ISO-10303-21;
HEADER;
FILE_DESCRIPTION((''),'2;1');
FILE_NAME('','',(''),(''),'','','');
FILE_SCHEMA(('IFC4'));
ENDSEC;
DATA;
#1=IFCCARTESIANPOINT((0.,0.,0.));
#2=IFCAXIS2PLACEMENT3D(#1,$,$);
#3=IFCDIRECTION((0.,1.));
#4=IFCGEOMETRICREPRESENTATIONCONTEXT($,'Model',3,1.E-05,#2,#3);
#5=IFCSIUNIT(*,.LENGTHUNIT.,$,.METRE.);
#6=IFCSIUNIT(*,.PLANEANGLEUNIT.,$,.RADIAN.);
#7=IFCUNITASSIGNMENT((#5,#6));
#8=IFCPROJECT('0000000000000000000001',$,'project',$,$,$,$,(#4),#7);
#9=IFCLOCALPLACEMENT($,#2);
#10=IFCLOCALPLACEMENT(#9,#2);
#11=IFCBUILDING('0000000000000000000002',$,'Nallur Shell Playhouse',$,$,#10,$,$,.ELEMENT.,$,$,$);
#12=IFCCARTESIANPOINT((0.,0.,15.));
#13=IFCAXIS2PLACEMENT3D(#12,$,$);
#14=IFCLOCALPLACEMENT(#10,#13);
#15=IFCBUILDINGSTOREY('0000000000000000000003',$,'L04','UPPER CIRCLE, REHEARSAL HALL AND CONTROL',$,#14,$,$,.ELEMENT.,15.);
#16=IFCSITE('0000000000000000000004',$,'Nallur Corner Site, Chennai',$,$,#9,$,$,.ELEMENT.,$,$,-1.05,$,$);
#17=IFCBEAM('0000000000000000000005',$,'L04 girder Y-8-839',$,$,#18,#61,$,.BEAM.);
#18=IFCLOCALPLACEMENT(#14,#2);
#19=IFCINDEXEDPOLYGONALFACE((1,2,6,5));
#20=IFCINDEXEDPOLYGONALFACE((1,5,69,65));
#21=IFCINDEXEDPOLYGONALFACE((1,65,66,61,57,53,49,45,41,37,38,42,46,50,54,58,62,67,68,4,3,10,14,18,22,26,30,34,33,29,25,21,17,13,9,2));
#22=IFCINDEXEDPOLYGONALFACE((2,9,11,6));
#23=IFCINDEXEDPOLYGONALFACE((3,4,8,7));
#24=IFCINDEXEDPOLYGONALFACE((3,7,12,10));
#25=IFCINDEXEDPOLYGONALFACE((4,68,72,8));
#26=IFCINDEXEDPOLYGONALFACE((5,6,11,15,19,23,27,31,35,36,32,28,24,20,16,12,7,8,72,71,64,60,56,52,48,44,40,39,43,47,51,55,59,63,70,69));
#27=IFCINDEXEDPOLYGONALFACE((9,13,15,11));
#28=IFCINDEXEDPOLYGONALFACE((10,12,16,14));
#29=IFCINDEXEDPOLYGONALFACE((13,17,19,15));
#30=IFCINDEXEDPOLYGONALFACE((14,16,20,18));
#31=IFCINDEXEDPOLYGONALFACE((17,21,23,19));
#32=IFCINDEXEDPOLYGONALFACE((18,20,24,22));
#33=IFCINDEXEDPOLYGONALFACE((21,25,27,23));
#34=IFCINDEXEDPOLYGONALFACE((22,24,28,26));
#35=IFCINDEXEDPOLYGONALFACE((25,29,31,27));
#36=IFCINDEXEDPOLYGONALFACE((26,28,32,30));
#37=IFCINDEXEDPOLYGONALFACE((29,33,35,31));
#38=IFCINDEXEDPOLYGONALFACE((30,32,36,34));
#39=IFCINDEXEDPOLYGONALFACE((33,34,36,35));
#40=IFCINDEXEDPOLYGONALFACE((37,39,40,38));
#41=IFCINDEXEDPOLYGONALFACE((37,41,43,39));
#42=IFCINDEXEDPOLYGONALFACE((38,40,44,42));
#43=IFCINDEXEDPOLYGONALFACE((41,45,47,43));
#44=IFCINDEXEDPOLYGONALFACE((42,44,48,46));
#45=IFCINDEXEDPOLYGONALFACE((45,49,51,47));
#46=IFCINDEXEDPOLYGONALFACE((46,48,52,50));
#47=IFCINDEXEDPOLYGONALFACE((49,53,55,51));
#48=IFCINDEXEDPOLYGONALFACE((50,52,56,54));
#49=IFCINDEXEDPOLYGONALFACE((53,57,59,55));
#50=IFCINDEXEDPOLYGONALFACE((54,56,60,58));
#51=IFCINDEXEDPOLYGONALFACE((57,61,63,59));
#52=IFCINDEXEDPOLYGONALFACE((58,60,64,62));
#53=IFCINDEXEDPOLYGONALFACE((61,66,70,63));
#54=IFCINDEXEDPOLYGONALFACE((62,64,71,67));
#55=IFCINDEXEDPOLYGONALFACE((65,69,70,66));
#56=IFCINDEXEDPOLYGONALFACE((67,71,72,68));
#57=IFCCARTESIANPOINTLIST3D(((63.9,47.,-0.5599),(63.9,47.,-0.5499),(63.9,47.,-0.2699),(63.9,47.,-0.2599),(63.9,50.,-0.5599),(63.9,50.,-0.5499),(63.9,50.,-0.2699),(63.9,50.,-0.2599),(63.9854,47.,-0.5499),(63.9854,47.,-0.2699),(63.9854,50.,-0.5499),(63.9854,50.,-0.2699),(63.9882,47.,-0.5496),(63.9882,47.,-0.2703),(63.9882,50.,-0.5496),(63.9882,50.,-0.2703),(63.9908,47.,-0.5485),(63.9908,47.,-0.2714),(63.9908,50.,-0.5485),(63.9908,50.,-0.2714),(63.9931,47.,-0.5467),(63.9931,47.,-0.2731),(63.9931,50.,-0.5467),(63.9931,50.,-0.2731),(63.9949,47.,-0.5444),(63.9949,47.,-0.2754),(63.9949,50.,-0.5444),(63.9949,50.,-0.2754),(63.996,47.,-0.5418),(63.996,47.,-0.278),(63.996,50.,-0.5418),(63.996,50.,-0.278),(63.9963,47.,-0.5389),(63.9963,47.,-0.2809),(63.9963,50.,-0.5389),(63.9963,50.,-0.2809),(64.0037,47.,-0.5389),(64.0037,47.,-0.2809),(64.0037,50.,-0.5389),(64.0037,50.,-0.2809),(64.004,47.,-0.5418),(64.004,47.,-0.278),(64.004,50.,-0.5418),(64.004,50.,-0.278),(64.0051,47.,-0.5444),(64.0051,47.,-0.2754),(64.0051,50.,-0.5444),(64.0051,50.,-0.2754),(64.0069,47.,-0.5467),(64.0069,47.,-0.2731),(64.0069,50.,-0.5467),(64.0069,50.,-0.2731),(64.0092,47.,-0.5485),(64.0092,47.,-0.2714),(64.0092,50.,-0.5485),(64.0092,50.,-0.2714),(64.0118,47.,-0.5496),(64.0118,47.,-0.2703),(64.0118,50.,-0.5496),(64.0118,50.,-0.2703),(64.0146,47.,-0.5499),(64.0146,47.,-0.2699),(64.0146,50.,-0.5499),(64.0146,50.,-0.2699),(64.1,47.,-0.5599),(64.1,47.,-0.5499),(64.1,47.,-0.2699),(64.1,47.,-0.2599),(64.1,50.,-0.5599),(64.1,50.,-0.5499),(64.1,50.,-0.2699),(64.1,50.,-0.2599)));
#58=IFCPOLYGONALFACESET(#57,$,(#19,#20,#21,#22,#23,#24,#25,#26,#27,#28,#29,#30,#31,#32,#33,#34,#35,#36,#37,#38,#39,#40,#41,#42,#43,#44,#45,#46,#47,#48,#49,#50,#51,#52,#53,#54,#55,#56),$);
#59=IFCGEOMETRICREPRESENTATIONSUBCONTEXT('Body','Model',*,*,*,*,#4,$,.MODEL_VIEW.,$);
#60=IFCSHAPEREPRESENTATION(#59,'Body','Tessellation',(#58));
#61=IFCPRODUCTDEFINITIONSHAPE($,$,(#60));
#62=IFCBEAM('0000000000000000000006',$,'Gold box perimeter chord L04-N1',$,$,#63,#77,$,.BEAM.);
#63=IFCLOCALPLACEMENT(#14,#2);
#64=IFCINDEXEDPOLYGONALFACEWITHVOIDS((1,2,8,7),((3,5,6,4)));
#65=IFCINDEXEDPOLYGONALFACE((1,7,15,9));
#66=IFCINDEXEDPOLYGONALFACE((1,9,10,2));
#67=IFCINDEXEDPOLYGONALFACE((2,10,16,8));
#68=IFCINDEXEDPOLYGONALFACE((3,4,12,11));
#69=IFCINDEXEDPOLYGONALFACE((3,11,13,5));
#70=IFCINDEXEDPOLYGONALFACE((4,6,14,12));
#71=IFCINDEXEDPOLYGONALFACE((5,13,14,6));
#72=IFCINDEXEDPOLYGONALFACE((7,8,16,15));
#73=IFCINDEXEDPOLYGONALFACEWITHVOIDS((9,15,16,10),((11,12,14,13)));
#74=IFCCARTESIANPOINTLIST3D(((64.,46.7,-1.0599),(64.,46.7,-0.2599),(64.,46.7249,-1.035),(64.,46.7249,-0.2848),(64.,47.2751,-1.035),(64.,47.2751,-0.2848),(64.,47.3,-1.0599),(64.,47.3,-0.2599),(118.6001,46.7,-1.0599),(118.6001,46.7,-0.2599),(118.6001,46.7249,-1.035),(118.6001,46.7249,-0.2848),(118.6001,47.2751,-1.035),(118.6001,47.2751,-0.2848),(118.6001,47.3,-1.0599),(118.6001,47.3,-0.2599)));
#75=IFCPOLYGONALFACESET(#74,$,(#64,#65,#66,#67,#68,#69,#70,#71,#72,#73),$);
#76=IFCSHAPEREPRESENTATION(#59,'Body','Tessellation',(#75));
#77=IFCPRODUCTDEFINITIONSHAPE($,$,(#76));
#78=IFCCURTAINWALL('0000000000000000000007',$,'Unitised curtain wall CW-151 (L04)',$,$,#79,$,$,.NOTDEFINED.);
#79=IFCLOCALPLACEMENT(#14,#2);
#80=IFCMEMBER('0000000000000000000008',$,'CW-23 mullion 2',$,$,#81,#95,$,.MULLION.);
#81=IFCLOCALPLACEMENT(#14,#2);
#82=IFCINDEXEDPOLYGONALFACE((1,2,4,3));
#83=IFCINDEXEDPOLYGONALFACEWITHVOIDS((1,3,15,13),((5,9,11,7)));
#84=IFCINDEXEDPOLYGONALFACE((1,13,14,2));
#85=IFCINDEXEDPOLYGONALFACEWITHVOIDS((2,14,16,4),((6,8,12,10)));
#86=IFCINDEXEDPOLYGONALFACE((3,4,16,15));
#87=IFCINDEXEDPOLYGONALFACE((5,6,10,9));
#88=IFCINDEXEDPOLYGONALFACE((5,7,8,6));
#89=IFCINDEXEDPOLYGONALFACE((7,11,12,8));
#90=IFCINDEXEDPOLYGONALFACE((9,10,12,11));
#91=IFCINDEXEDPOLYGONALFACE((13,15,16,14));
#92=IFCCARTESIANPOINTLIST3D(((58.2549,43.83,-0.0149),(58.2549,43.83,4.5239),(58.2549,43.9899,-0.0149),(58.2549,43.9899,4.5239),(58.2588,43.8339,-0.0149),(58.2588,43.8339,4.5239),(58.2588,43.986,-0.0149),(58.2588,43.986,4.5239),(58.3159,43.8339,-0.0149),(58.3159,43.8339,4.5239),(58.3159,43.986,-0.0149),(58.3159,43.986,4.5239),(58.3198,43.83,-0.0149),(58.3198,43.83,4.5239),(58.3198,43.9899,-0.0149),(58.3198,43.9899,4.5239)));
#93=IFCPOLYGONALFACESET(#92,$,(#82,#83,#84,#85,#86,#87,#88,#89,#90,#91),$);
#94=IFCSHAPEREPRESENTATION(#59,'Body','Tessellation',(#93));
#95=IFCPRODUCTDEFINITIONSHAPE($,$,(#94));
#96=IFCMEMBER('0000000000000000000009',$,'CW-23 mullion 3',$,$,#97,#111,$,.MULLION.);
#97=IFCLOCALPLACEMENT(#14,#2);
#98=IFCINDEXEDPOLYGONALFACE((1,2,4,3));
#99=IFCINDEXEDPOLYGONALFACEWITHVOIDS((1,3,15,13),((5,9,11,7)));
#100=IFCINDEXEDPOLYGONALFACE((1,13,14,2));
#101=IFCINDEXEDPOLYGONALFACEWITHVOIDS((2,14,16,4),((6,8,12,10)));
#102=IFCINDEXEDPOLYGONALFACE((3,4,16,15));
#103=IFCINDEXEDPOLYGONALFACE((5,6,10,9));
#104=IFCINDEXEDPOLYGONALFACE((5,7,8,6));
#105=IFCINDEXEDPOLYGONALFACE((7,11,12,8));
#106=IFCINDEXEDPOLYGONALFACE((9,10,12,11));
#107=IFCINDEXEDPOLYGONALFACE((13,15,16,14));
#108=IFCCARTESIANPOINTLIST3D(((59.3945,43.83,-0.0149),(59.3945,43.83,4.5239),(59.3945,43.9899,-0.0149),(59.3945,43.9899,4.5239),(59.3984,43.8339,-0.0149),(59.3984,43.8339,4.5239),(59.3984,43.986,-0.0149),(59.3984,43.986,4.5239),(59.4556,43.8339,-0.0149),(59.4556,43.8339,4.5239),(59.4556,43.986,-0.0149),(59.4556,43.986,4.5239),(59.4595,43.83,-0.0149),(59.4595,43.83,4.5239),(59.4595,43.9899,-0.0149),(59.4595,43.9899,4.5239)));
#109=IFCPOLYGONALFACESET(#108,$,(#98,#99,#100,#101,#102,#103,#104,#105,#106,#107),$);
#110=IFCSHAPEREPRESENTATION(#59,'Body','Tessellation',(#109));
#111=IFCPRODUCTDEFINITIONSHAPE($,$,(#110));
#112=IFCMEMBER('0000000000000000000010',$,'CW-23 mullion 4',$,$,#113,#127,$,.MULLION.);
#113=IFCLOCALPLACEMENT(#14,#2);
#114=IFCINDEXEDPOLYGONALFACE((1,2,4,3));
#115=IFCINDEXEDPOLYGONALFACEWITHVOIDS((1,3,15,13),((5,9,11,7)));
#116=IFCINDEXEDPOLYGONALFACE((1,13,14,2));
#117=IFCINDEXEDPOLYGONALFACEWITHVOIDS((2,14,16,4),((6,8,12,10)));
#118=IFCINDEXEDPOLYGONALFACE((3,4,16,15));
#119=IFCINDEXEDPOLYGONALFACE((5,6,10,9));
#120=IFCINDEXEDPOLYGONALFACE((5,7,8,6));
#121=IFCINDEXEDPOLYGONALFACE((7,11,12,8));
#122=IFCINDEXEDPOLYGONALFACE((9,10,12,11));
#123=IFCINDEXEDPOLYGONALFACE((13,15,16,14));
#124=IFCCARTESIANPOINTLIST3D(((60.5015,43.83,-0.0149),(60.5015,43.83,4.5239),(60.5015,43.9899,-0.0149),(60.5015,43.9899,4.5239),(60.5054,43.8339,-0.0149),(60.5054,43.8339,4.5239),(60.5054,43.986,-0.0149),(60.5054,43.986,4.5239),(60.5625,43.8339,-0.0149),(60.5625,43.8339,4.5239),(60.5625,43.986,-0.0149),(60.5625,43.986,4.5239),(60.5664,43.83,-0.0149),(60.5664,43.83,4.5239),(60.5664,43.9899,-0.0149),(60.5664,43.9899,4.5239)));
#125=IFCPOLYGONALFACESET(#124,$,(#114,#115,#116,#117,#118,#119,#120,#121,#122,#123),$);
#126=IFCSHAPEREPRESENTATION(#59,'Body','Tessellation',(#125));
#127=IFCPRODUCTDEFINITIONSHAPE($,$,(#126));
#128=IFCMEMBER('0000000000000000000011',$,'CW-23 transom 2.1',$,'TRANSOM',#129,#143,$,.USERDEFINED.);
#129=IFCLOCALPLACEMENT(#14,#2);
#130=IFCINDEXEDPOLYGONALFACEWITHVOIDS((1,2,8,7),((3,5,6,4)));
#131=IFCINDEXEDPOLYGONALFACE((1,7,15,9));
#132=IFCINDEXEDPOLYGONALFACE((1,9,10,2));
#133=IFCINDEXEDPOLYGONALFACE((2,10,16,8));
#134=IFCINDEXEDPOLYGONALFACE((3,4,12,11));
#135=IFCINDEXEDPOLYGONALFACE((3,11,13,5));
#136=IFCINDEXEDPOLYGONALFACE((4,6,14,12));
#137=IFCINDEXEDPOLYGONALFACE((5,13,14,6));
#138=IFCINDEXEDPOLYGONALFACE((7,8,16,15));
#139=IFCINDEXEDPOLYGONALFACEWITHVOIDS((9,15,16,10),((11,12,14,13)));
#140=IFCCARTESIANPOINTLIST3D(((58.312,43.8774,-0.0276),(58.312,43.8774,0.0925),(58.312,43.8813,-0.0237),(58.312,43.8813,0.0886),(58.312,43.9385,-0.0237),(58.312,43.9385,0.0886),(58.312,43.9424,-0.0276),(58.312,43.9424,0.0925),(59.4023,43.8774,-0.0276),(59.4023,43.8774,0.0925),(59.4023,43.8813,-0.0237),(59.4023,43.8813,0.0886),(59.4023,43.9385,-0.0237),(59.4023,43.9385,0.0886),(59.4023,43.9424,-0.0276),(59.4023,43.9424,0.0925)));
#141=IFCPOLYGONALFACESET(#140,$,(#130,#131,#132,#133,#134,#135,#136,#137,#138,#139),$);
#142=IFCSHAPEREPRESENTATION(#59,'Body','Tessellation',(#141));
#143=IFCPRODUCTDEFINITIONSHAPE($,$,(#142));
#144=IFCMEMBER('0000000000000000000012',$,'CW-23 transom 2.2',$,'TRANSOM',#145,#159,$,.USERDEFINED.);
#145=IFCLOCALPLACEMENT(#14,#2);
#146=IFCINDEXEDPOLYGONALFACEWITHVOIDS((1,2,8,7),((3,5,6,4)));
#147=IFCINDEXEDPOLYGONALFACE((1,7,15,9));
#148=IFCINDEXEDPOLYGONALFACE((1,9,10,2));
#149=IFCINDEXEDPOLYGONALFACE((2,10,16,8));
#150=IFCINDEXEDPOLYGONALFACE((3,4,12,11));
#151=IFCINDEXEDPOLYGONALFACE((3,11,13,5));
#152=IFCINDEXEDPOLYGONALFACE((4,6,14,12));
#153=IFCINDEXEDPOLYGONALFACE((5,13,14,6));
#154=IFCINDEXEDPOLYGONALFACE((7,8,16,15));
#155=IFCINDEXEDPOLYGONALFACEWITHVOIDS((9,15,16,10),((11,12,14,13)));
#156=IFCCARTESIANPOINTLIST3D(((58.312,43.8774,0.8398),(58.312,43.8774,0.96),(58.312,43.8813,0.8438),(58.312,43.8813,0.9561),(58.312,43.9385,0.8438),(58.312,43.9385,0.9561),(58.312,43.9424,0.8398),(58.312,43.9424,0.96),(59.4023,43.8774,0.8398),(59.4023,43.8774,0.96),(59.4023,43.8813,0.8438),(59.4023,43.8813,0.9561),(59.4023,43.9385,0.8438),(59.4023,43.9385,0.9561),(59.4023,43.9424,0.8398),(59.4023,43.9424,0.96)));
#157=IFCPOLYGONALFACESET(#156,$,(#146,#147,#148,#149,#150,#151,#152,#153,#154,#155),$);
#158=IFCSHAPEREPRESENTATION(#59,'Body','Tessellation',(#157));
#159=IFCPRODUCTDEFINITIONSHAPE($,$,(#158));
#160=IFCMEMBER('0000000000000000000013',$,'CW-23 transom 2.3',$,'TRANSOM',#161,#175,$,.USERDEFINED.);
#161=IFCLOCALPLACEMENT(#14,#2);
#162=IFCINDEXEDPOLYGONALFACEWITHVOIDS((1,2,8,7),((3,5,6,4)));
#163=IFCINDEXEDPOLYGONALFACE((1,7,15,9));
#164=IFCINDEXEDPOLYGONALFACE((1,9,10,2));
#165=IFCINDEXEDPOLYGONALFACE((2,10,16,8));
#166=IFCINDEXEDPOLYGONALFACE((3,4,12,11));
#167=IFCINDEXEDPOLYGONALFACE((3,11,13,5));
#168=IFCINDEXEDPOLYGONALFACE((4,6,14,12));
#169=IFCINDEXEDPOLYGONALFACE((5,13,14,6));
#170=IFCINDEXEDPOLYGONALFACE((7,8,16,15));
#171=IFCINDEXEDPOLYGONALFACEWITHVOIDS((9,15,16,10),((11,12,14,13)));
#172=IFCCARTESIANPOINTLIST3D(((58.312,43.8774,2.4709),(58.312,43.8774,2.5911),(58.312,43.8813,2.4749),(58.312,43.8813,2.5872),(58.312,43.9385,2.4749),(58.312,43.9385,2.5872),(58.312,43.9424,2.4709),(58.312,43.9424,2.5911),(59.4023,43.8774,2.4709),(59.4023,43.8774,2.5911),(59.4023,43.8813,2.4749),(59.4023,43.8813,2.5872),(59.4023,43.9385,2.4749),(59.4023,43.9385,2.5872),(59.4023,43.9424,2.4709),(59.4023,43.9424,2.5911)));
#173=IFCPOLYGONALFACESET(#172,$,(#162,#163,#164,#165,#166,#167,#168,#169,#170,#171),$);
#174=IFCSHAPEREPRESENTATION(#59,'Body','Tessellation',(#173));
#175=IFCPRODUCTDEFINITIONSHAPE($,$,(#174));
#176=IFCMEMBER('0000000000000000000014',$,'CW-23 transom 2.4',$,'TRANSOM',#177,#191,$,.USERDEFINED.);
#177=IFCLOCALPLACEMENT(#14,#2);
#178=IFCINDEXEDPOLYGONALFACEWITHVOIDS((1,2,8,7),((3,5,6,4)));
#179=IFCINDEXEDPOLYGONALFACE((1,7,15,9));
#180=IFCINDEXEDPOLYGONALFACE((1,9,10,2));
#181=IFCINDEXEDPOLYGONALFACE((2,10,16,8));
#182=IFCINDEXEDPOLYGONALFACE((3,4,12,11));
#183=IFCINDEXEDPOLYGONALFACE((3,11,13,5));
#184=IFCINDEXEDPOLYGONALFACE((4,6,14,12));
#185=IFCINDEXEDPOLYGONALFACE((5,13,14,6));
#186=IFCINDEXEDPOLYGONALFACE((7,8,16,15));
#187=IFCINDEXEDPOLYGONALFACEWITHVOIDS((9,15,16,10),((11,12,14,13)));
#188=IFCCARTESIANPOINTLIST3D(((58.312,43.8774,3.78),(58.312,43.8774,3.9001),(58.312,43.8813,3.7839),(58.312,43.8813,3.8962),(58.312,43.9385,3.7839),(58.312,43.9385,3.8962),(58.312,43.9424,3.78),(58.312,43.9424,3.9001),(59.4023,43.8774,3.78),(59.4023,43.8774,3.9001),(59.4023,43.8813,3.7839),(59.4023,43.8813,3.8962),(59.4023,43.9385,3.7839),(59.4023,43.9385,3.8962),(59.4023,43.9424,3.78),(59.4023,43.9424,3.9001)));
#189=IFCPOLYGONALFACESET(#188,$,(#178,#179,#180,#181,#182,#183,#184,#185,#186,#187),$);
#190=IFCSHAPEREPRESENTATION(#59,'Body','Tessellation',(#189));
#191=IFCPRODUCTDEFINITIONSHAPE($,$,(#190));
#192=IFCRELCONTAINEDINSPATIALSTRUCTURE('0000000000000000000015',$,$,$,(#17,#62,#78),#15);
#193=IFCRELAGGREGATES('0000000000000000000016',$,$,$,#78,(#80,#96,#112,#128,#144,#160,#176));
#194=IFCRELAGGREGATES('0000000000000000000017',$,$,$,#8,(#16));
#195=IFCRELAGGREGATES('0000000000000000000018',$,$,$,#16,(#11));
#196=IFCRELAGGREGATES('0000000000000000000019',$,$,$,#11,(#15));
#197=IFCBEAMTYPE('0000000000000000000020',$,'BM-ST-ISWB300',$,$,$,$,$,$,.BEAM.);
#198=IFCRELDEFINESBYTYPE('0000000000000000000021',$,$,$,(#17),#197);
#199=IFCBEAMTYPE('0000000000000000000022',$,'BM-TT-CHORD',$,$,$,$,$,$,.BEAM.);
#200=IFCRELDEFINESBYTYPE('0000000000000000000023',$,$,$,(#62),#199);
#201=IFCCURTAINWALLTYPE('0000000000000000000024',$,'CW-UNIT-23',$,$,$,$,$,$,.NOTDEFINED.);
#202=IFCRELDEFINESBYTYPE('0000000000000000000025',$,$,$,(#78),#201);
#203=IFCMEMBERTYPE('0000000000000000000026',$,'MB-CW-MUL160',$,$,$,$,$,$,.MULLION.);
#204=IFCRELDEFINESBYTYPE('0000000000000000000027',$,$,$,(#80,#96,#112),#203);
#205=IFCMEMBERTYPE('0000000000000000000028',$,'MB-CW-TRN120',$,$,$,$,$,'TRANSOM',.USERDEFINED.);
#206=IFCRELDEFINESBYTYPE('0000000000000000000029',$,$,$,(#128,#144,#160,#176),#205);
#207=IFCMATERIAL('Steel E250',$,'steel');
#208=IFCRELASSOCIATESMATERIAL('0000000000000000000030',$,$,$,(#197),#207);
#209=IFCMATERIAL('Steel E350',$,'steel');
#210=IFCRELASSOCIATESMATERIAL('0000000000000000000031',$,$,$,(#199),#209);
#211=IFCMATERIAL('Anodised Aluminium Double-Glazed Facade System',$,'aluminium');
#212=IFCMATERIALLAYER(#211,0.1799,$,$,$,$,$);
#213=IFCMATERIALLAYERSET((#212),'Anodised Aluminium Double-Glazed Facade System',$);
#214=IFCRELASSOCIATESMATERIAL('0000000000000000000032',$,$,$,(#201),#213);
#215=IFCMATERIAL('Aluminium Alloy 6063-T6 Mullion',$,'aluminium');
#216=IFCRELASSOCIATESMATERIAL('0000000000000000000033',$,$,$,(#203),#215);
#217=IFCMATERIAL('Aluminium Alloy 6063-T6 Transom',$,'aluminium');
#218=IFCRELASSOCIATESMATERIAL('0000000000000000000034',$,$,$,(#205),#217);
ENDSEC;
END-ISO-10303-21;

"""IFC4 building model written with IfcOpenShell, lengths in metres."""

from ifc_helpers import new_model, si_unit, direction, frame, origin, origin_2d, place, context, subcontext, project, spatial, hollow_rectangle, i_section, extrude, material, layer, layer_set, material_profile, profile_set, type_object, element, aggregate, save


model = new_model("IFC4")

# Units and contexts
model_context = context("Model", 3, precision=1e-05, world=origin(), true_north=direction((0.0, 1.0)))
body_context = subcontext(model_context, "Body", "Model", "MODEL_VIEW")
ifc_project = project(units=[si_unit("LENGTHUNIT", "METRE"), si_unit("PLANEANGLEUNIT", "RADIAN")], contexts=[model_context])

# Site, building, storey
site_placement = place(None, origin())
site = spatial("IfcSite", under=ifc_project, at=site_placement, Name="Nallur Corner Site, Chennai", CompositionType="ELEMENT", RefElevation=-1.05)
building_placement = place(site_placement, origin())
building = spatial("IfcBuilding", under=site, at=building_placement, Name="Nallur Shell Playhouse", CompositionType="ELEMENT")
storey_placement = place(building_placement, frame((0.0, 0.0, 15.0)))
storey = spatial("IfcBuildingStorey", under=building, at=storey_placement, Name="L04", Description="UPPER CIRCLE, REHEARSAL HALL AND CONTROL", CompositionType="ELEMENT", Elevation=15.0)

# Shared definitions
ifc_material_1 = material(Name="Steel E350", Category="steel")

# Beams
ifc_material_2 = material(Name="Steel E250", Category="steel")
ifc_material_profile_1 = material_profile(ifc_material_2, i_section(OverallWidth=0.2, OverallDepth=0.3, WebThickness=0.0073, FlangeThickness=0.01, FilletRadius=0.011, at=origin_2d()), Name="ISWB 300")
ifc_profile_set_1 = profile_set([ifc_material_profile_1], Name="Steel E250")
beam_type_1 = type_object("IfcBeamType", Name="BM-ST-ISWB300", PredefinedType="BEAM", material=ifc_profile_set_1)
beam_1_placement = place(storey_placement, frame((64.0, 47.0, -0.4099), z_axis=(0.0, 1.0, 0.0), x_axis=(-1.0, 0.0, 0.0)))
element("IfcBeam", 1, at=beam_1_placement, inside=storey, type_object=beam_type_1, Name="L04 girder Y-8-839", PredefinedType="BEAM", context=body_context, shape_type="SweptSolid", body=[
    extrude(i_section(OverallWidth=0.2, OverallDepth=0.3, WebThickness=0.0073, FlangeThickness=0.01, FilletRadius=0.011, at=origin_2d()), origin(), (0.0, 0.0, 1.0), 3.0),
])
ifc_material_profile_2 = material_profile(ifc_material_1, hollow_rectangle(XDim=0.6001, YDim=0.8, WallThickness=0.0249, at=origin_2d()), Name="BOX 600x800x25")
ifc_profile_set_2 = profile_set([ifc_material_profile_2], Name="Steel E350")
beam_type_2 = type_object("IfcBeamType", Name="BM-TT-CHORD", PredefinedType="BEAM", material=ifc_profile_set_2)
beam_2_placement = place(storey_placement, frame((64.0, 47.0, -0.6599), z_axis=(1.0, 0.0, 0.0), x_axis=(0.0, 1.0, 0.0)))
element("IfcBeam", 2, at=beam_2_placement, inside=storey, type_object=beam_type_2, Name="Gold box perimeter chord L04-N1", PredefinedType="BEAM", context=body_context, shape_type="SweptSolid", body=[
    extrude(hollow_rectangle(XDim=0.6001, YDim=0.8, WallThickness=0.0249, at=origin_2d()), origin(), (0.0, 0.0, 1.0), 54.6001),
])

# Curtain wall, members
ifc_material_3 = material(Name="Anodised Aluminium Double-Glazed Facade System", Category="aluminium")
ifc_layer_1 = layer(ifc_material_3, 0.1799)
ifc_layer_set_1 = layer_set([ifc_layer_1], Name="Anodised Aluminium Double-Glazed Facade System")
curtain_wall_type = type_object("IfcCurtainWallType", Name="CW-UNIT-23", PredefinedType="NOTDEFINED", material=ifc_layer_set_1)
curtain_wall_placement = place(storey_placement, origin())
curtain_wall = element("IfcCurtainWall", 3, at=curtain_wall_placement, inside=storey, type_object=curtain_wall_type, Name="Unitised curtain wall CW-151 (L04)", PredefinedType="NOTDEFINED")
ifc_material_4 = material(Name="Aluminium Alloy 6063-T6 Mullion", Category="aluminium")
ifc_material_profile_3 = material_profile(ifc_material_4, hollow_rectangle(XDim=0.0649, YDim=0.1599, WallThickness=0.0039, at=origin_2d()), Name="ALU 65x160x4")
ifc_profile_set_3 = profile_set([ifc_material_profile_3], Name="Aluminium Alloy 6063-T6 Mullion")
member_type_1 = type_object("IfcMemberType", Name="MB-CW-MUL160", PredefinedType="MULLION", material=ifc_profile_set_3)
member_1_placement = place(storey_placement, frame((58.2874, 43.9099, -0.0149), z_axis=(0.0, 0.0, 1.0), x_axis=(1.0, 0.0, 0.0)))
member_1 = element("IfcMember", 4, at=member_1_placement, type_object=member_type_1, Name="CW-23 mullion 2", PredefinedType="MULLION", context=body_context, shape_type="SweptSolid", body=[
    extrude(hollow_rectangle(XDim=0.0649, YDim=0.1599, WallThickness=0.0039, at=origin_2d()), origin(), (0.0, 0.0, 1.0), 4.5388),
])
member_2_placement = place(storey_placement, frame((59.427, 43.9099, -0.0149), z_axis=(0.0, 0.0, 1.0), x_axis=(1.0, 0.0, 0.0)))
member_2 = element("IfcMember", 5, at=member_2_placement, type_object=member_type_1, Name="CW-23 mullion 3", PredefinedType="MULLION", context=body_context, shape_type="SweptSolid", body=[
    extrude(hollow_rectangle(XDim=0.0649, YDim=0.1599, WallThickness=0.0039, at=origin_2d()), origin(), (0.0, 0.0, 1.0), 4.5388),
])
member_3_placement = place(storey_placement, frame((60.5339, 43.9099, -0.0149), z_axis=(0.0, 0.0, 1.0), x_axis=(1.0, 0.0, 0.0)))
member_3 = element("IfcMember", 6, at=member_3_placement, type_object=member_type_1, Name="CW-23 mullion 4", PredefinedType="MULLION", context=body_context, shape_type="SweptSolid", body=[
    extrude(hollow_rectangle(XDim=0.0649, YDim=0.1599, WallThickness=0.0039, at=origin_2d()), origin(), (0.0, 0.0, 1.0), 4.5388),
])
ifc_material_5 = material(Name="Aluminium Alloy 6063-T6 Transom", Category="aluminium")
ifc_material_profile_4 = material_profile(ifc_material_5, hollow_rectangle(XDim=0.0649, YDim=0.1201, WallThickness=0.0039, at=origin_2d()), Name="ALU 65x120x4")
ifc_profile_set_4 = profile_set([ifc_material_profile_4], Name="Aluminium Alloy 6063-T6 Transom")
member_type_2 = type_object("IfcMemberType", Name="MB-CW-TRN120", ElementType="TRANSOM", PredefinedType="USERDEFINED", material=ifc_profile_set_4)
member_4_placement = place(storey_placement, frame((58.312, 43.9099, 0.0325), z_axis=(1.0, 0.0, 0.0), x_axis=(0.0, 1.0, 0.0)))
member_4 = element("IfcMember", 7, at=member_4_placement, type_object=member_type_2, Name="CW-23 transom 2.1", ObjectType="TRANSOM", PredefinedType="USERDEFINED", context=body_context, shape_type="SweptSolid", body=[
    extrude(hollow_rectangle(XDim=0.0649, YDim=0.1201, WallThickness=0.0039, at=origin_2d()), origin(), (0.0, 0.0, 1.0), 1.0903),
])
member_5_placement = place(storey_placement, frame((58.312, 43.9099, 0.8999), z_axis=(1.0, 0.0, 0.0), x_axis=(0.0, 1.0, 0.0)))
member_5 = element("IfcMember", 8, at=member_5_placement, type_object=member_type_2, Name="CW-23 transom 2.2", ObjectType="TRANSOM", PredefinedType="USERDEFINED", context=body_context, shape_type="SweptSolid", body=[
    extrude(hollow_rectangle(XDim=0.0649, YDim=0.1201, WallThickness=0.0039, at=origin_2d()), origin(), (0.0, 0.0, 1.0), 1.0903),
])
member_6_placement = place(storey_placement, frame((58.312, 43.9099, 2.531), z_axis=(1.0, 0.0, 0.0), x_axis=(0.0, 1.0, 0.0)))
member_6 = element("IfcMember", 9, at=member_6_placement, type_object=member_type_2, Name="CW-23 transom 2.3", ObjectType="TRANSOM", PredefinedType="USERDEFINED", context=body_context, shape_type="SweptSolid", body=[
    extrude(hollow_rectangle(XDim=0.0649, YDim=0.1201, WallThickness=0.0039, at=origin_2d()), origin(), (0.0, 0.0, 1.0), 1.0903),
])
member_7_placement = place(storey_placement, frame((58.312, 43.9099, 3.8401), z_axis=(1.0, 0.0, 0.0), x_axis=(0.0, 1.0, 0.0)))
member_7 = element("IfcMember", 10, at=member_7_placement, type_object=member_type_2, Name="CW-23 transom 2.4", ObjectType="TRANSOM", PredefinedType="USERDEFINED", context=body_context, shape_type="SweptSolid", body=[
    extrude(hollow_rectangle(XDim=0.0649, YDim=0.1201, WallThickness=0.0039, at=origin_2d()), origin(), (0.0, 0.0, 1.0), 1.0903),
])

aggregate(curtain_wall, [member_1, member_2, member_3, member_4, member_5, member_6, member_7])

save(model, "model.ifc")
